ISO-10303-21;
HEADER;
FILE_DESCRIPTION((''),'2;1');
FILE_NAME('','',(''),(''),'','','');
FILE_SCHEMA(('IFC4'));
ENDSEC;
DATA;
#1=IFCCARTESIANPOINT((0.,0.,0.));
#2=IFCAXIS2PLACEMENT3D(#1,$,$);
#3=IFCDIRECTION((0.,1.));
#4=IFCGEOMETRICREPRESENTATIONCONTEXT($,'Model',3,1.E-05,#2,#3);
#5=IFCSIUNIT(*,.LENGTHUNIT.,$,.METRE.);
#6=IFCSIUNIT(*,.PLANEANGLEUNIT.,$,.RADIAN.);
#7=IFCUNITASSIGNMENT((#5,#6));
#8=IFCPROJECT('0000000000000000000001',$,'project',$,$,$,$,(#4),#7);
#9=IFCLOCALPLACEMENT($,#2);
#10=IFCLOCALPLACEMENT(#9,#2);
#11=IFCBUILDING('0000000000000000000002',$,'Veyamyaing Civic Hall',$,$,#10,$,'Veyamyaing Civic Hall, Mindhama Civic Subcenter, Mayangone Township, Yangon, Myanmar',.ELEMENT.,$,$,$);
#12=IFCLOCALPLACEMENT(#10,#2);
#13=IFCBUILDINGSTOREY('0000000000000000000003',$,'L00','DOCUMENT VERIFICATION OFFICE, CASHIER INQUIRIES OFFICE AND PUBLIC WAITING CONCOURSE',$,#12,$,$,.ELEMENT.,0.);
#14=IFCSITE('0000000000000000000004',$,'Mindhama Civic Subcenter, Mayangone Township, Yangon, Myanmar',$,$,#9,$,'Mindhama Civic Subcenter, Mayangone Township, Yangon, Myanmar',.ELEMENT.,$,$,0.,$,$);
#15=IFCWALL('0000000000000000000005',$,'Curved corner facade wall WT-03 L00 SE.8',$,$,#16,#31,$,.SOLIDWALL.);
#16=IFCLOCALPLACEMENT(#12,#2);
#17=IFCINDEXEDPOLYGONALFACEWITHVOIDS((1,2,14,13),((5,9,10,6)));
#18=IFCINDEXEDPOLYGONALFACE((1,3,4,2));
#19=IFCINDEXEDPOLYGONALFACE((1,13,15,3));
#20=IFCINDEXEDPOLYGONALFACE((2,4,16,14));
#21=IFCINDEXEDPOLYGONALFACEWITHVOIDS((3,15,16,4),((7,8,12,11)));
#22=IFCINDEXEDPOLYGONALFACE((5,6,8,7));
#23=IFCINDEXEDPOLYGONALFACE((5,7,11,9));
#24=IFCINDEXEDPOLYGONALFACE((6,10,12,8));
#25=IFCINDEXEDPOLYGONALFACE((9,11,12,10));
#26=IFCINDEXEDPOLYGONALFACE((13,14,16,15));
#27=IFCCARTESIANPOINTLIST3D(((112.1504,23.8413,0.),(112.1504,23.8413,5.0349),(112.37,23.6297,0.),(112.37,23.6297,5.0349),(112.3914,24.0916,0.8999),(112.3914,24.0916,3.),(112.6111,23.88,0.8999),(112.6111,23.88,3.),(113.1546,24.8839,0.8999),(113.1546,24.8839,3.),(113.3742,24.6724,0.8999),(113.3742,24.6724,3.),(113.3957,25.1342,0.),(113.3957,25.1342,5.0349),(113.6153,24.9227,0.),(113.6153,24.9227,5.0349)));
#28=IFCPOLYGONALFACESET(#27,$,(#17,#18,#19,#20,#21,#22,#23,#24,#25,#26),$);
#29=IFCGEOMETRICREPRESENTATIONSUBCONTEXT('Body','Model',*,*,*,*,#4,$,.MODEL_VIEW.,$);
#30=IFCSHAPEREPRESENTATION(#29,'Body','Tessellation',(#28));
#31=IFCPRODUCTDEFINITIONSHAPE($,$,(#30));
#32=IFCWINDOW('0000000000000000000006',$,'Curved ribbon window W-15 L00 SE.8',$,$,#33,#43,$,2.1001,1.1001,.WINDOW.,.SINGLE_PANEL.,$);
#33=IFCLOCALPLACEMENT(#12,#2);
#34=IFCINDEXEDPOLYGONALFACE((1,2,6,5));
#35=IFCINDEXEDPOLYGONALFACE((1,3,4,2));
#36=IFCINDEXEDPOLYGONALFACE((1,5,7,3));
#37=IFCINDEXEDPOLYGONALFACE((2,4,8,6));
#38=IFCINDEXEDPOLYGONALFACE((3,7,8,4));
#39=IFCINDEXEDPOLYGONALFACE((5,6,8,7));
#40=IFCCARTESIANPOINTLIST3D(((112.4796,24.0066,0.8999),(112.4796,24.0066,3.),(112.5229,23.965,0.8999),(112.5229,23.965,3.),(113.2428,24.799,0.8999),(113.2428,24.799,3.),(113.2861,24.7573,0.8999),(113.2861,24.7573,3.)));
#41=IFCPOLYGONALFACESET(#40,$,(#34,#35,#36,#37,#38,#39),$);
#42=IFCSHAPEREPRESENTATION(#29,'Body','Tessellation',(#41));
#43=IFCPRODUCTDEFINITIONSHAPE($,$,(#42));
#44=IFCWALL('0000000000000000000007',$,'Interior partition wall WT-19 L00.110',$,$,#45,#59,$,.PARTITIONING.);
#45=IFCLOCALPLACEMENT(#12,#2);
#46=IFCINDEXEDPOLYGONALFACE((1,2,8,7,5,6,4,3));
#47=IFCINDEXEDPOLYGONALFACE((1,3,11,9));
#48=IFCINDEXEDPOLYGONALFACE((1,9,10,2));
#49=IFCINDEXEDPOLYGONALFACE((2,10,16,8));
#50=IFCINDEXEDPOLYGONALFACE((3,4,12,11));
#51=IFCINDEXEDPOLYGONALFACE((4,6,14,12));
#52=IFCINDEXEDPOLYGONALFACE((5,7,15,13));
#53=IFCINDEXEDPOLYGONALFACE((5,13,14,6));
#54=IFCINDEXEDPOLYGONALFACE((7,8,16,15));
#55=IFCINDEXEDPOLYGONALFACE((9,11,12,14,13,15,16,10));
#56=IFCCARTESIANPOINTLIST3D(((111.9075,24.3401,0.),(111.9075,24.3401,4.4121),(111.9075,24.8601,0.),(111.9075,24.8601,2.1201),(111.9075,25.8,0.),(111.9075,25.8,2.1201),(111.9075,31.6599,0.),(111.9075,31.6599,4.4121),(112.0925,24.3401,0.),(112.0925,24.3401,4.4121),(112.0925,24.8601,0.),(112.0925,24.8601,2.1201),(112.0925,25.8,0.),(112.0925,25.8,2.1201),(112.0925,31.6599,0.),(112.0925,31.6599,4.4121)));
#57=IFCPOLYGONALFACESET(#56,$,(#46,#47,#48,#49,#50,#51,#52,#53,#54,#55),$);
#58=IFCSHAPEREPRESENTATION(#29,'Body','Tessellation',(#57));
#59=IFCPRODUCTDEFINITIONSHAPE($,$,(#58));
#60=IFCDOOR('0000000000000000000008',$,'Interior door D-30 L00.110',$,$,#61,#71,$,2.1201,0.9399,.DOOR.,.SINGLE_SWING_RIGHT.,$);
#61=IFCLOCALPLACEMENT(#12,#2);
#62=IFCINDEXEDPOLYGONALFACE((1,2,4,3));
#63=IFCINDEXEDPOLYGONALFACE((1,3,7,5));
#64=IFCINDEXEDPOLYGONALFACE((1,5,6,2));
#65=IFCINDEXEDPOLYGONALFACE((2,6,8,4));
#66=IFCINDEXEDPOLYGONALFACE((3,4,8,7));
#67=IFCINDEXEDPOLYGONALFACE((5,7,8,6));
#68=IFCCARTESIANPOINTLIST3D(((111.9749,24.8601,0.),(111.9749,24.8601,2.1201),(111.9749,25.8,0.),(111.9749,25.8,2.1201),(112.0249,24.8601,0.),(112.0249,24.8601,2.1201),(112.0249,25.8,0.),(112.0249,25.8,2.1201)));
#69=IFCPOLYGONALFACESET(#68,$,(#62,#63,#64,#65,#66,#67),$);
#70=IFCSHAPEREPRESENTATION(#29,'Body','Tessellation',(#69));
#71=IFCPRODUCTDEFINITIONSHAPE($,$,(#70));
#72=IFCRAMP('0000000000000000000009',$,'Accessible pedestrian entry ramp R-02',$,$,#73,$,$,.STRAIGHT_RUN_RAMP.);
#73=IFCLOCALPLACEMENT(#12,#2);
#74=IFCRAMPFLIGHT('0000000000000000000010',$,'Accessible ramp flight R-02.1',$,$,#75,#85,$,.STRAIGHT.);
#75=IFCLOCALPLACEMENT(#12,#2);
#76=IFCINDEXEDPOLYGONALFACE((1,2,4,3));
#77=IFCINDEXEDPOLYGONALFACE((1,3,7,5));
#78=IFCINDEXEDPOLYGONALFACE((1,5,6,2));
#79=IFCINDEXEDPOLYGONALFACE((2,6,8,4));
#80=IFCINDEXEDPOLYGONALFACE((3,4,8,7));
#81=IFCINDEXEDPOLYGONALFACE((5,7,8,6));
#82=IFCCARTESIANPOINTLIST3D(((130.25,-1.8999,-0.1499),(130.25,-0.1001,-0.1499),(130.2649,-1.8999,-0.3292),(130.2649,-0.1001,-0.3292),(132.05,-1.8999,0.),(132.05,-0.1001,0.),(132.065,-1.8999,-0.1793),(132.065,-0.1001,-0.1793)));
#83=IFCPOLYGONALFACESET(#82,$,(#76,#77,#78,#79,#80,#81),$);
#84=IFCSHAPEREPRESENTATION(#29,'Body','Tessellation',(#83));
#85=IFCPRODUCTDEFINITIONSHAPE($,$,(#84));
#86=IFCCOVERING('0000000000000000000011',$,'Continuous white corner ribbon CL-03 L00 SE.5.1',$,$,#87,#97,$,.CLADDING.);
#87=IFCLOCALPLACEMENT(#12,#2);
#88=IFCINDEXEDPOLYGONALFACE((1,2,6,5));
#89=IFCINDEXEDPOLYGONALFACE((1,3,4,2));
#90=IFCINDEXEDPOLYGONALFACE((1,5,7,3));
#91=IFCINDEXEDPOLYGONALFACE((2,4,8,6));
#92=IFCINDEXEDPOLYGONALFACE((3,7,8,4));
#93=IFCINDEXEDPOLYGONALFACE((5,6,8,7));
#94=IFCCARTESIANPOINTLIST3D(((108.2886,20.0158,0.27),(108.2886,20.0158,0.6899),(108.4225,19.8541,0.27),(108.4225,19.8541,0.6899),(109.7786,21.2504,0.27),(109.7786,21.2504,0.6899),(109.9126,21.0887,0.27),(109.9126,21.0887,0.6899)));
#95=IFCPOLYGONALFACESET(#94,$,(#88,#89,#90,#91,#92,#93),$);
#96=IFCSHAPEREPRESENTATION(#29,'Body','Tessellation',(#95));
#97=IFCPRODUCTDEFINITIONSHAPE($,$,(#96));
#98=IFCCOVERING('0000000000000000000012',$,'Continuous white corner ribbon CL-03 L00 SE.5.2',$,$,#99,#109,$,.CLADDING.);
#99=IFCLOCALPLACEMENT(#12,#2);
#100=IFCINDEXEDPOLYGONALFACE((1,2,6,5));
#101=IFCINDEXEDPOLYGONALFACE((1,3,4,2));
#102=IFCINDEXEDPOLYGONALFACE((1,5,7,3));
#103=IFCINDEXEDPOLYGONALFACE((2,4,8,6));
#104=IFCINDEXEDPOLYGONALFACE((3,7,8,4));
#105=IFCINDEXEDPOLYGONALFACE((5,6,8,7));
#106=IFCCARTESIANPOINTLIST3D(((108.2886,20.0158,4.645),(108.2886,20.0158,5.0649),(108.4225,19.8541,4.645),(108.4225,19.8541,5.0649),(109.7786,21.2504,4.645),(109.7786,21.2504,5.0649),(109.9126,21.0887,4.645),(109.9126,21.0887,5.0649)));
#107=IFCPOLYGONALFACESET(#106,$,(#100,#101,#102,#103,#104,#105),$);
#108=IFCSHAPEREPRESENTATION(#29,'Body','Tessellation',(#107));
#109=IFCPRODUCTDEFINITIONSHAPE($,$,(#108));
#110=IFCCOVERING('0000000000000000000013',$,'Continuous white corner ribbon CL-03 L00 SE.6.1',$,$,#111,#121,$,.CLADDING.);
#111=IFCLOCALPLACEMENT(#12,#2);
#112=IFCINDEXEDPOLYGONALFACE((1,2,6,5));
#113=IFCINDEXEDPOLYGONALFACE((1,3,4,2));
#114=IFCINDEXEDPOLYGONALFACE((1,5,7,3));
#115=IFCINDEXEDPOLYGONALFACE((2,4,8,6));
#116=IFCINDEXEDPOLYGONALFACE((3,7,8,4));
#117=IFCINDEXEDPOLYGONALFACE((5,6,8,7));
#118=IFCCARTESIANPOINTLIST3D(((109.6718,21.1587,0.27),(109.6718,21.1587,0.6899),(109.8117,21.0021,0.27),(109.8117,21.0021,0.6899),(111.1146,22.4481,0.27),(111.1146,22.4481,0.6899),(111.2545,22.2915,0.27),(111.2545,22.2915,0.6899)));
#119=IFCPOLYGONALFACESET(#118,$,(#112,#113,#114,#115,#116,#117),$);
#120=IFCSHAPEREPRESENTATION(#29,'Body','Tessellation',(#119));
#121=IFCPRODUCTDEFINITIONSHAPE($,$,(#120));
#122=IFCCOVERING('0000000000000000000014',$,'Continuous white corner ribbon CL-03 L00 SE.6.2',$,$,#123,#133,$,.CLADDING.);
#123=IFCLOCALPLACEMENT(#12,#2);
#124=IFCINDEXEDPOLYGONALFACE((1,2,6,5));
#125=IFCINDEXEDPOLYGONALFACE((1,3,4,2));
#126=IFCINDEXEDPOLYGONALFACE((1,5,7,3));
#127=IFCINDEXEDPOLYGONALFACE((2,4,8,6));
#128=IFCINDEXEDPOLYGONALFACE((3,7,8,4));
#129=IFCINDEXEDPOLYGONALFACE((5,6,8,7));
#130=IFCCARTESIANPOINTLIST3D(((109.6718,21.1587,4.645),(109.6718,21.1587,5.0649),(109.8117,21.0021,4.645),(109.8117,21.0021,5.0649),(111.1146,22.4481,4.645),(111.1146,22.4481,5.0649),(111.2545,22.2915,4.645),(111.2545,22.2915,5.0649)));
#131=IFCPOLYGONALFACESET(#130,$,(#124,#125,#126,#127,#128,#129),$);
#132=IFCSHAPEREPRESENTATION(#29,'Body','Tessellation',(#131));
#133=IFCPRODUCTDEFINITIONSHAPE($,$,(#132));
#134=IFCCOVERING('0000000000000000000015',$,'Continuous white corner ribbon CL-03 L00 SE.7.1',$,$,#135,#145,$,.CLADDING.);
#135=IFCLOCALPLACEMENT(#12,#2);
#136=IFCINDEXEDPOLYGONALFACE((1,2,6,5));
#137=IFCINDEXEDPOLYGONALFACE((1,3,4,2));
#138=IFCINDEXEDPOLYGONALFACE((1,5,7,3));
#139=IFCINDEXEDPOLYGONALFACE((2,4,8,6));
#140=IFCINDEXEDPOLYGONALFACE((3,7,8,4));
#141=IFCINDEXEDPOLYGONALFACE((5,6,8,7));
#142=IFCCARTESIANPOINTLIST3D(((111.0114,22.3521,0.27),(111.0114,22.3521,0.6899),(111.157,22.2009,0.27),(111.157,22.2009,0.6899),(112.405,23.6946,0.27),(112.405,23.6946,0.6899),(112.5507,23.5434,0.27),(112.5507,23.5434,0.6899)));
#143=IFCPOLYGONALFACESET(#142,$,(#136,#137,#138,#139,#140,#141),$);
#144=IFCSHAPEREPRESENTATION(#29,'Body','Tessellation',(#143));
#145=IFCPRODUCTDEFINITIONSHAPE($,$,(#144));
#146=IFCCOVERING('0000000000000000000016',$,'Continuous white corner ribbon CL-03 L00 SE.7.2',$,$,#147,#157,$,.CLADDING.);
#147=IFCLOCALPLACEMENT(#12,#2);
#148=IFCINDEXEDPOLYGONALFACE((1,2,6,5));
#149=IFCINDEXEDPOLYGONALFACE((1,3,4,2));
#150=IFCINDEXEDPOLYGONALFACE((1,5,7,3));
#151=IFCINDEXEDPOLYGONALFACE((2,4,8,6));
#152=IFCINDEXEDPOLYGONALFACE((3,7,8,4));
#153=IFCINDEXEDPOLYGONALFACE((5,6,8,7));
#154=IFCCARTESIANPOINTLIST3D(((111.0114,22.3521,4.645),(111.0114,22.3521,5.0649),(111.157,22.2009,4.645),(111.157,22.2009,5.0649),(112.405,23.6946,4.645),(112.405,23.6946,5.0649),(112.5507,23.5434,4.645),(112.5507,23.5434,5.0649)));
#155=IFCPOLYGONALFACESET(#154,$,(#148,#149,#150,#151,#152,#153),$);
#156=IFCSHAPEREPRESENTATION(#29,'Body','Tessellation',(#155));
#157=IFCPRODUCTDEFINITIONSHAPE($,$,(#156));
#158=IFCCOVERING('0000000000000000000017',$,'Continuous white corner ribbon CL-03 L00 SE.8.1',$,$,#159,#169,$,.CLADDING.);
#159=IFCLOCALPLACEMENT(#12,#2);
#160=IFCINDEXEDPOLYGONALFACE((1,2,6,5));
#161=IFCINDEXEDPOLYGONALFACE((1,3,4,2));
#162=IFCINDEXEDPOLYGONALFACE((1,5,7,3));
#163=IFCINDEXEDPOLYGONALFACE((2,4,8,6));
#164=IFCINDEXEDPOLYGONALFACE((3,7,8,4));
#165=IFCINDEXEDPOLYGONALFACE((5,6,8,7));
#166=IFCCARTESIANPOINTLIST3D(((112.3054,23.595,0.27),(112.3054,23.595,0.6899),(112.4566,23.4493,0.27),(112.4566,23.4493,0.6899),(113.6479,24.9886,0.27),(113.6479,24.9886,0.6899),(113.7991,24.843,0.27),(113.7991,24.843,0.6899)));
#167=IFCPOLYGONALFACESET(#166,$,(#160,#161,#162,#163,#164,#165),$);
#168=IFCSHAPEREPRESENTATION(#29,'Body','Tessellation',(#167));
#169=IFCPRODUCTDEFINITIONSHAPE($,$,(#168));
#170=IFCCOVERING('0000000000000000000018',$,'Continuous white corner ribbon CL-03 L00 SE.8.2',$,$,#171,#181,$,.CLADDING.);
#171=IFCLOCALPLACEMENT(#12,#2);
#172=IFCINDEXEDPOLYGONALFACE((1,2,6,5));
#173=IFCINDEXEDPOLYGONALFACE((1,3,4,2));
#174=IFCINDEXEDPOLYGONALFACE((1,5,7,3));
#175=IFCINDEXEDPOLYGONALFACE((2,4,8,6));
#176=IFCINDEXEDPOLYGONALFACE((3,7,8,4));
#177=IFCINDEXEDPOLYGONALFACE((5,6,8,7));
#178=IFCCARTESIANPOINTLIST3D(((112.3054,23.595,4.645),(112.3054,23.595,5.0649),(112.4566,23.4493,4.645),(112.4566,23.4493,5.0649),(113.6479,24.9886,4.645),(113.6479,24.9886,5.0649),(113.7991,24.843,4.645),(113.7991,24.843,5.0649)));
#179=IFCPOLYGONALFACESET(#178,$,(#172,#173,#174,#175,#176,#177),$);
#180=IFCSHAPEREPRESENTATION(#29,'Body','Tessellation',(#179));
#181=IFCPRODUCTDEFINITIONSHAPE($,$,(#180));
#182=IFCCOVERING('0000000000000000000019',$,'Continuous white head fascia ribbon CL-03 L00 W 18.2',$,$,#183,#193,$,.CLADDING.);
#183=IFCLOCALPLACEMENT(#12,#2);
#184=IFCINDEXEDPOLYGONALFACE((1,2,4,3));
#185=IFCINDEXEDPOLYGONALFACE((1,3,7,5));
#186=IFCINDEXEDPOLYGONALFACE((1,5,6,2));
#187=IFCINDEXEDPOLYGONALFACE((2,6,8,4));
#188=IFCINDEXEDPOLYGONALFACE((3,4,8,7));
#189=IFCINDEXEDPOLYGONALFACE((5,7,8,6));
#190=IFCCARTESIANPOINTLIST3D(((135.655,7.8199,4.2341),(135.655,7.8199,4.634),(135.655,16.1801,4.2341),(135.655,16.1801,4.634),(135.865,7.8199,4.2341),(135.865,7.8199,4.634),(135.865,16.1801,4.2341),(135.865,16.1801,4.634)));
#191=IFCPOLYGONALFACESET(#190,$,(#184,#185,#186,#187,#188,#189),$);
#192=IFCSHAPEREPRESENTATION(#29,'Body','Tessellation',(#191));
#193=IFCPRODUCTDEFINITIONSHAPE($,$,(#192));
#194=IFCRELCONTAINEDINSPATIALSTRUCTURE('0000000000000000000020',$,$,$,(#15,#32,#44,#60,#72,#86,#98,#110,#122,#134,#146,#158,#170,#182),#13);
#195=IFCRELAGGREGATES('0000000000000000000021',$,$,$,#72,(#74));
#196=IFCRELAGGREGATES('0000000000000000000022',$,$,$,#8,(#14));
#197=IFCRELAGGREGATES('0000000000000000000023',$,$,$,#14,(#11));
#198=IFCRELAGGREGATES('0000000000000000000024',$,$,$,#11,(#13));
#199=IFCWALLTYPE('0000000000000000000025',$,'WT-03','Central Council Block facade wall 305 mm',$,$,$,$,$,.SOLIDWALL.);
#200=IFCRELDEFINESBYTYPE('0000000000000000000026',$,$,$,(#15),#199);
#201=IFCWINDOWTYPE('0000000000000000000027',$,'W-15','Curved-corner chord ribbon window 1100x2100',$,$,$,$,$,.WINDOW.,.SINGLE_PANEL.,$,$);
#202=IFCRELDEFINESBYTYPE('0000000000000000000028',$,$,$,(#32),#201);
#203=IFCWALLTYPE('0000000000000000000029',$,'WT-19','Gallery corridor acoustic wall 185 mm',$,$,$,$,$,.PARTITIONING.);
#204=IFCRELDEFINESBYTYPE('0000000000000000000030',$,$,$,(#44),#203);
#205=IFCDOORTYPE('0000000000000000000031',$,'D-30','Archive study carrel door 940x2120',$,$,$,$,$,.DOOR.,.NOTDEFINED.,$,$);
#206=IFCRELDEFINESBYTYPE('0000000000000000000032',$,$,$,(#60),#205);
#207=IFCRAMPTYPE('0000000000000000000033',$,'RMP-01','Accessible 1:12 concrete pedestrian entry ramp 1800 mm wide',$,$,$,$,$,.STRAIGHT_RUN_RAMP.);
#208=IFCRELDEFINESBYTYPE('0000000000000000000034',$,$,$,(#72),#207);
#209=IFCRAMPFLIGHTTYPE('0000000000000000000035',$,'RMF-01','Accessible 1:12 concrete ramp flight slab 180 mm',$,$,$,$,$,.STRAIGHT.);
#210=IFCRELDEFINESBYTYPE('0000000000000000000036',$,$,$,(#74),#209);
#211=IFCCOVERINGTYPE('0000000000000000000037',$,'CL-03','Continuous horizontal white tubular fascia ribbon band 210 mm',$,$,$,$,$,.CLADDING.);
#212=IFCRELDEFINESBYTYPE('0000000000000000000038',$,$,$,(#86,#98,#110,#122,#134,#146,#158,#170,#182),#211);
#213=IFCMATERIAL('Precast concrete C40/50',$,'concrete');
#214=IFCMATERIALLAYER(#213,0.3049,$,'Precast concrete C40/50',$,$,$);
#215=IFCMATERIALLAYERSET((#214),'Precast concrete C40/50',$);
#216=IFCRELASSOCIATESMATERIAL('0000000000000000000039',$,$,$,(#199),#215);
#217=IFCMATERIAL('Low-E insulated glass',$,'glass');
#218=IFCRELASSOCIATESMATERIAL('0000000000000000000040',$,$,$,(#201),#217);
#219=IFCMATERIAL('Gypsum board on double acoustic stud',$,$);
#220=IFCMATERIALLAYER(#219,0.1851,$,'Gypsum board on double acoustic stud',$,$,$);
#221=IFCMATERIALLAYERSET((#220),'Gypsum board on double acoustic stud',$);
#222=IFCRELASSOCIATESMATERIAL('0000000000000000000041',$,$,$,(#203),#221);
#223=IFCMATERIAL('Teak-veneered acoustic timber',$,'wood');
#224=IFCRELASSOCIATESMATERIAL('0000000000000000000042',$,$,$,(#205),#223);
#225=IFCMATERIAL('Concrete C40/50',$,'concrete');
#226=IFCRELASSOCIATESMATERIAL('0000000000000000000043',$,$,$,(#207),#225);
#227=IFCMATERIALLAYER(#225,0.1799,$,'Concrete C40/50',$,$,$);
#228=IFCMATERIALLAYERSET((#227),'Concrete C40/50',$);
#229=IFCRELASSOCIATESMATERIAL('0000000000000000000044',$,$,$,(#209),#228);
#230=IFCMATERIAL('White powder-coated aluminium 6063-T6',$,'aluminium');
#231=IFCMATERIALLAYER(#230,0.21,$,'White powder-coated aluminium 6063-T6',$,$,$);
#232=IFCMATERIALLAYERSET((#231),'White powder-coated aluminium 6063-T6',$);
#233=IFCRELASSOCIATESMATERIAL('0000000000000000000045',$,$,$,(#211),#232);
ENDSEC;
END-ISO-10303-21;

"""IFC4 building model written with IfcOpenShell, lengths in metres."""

from ifc_helpers import new_model, si_unit, direction, frame, frame_2d, origin, origin_2d, place, context, subcontext, project, spatial, polyline, rectangle, outline, extrude, material, layer, layer_set, type_object, element, fill, aggregate, save


model = new_model("IFC4")

# Units and contexts
model_context = context("Model", 3, precision=1e-05, world=origin(), true_north=direction((0.0, 1.0)))
body_context = subcontext(model_context, "Body", "Model", "MODEL_VIEW")
ifc_project = project(units=[si_unit("LENGTHUNIT", "METRE"), si_unit("PLANEANGLEUNIT", "RADIAN")], contexts=[model_context])

# Site, building, storey
site_placement = place(None, origin())
site = spatial("IfcSite", under=ifc_project, at=site_placement, Name="Mindhama Civic Subcenter, Mayangone Township, Yangon, Myanmar", LongName="Mindhama Civic Subcenter, Mayangone Township, Yangon, Myanmar", CompositionType="ELEMENT", RefElevation=0.0)
building_placement = place(site_placement, origin())
building = spatial("IfcBuilding", under=site, at=building_placement, Name="Veyamyaing Civic Hall", LongName="Veyamyaing Civic Hall, Mindhama Civic Subcenter, Mayangone Township, Yangon, Myanmar", CompositionType="ELEMENT")
storey_placement = place(building_placement, origin())
storey = spatial("IfcBuildingStorey", under=building, at=storey_placement, Name="L00", Description="DOCUMENT VERIFICATION OFFICE, CASHIER INQUIRIES OFFICE AND PUBLIC WAITING CONCOURSE", CompositionType="ELEMENT", Elevation=0.0)

# Shared definitions
ifc_material_1 = material(Name="Precast concrete C40/50", Category="concrete")
ifc_layer_1 = layer(ifc_material_1, 0.3049, Name="Precast concrete C40/50")
ifc_layer_set_1 = layer_set([ifc_layer_1], Name="Precast concrete C40/50")
wall_type_1 = type_object("IfcWallType", Name="WT-03", Description="Central Council Block facade wall 305 mm", PredefinedType="SOLIDWALL", material=ifc_layer_set_1)

# Wall, opening, window
ifc_material_2 = material(Name="Low-E insulated glass", Category="glass")
window_type = type_object("IfcWindowType", Name="W-15", Description="Curved-corner chord ribbon window 1100x2100", PartitioningType="SINGLE_PANEL", PredefinedType="WINDOW", material=ifc_material_2)
wall_1_placement = place(storey_placement, frame((112.2603, 23.7356, 0.0), z_axis=(0.0, 0.0, 1.0), x_axis=(0.693723, 0.720242, 0.0)))
wall_1 = element("IfcWall", 1, at=wall_1_placement, inside=storey, type_object=wall_type_1, Name="Curved corner facade wall WT-03 L00 SE.8", PredefinedType="SOLIDWALL", context=body_context, shape_type="SweptSolid", body=[
    extrude(rectangle(XDim=1.7952, YDim=0.3049, at=frame_2d((0.8975, 0.0))), origin(), (0.0, 0.0, 1.0), 5.0349),
])
opening_1_placement = place(wall_1_placement, frame((0.3474, 0.0, 0.8999)))
opening_1 = element("IfcOpeningElement", 2, at=opening_1_placement, cuts=wall_1, PredefinedType="OPENING", context=body_context, shape_type="SweptSolid", body=[
    extrude(rectangle(XDim=1.1001, YDim=2.1001, at=frame_2d((0.55, 1.05))), frame((0.0, 0.1624, 0.0), z_axis=(0.0, -1.0, 0.0), x_axis=(1.0, 0.0, 0.0)), (0.0, 0.0, 1.0), 0.325),
])
window_1_placement = place(opening_1_placement, origin())
window_1 = element("IfcWindow", 3, at=window_1_placement, inside=storey, type_object=window_type, Name="Curved ribbon window W-15 L00 SE.8", OverallHeight=2.1001, OverallWidth=1.1001, PartitioningType="SINGLE_PANEL", PredefinedType="WINDOW", context=body_context, shape_type="SweptSolid", body=[
    extrude(rectangle(XDim=1.1001, YDim=2.1001, at=frame_2d((0.55, 1.05))), frame((0.0, 0.03, 0.0), z_axis=(0.0, -1.0, 0.0), x_axis=(1.0, 0.0, 0.0)), (0.0, 0.0, 1.0), 0.0601),
])
fill(opening_1, window_1)

# Wall, opening, door
ifc_material_3 = material(Name="Gypsum board on double acoustic stud")
ifc_layer_2 = layer(ifc_material_3, 0.1851, Name="Gypsum board on double acoustic stud")
ifc_layer_set_2 = layer_set([ifc_layer_2], Name="Gypsum board on double acoustic stud")
wall_type_2 = type_object("IfcWallType", Name="WT-19", Description="Gallery corridor acoustic wall 185 mm", PredefinedType="PARTITIONING", material=ifc_layer_set_2)
wall_2_placement = place(storey_placement, frame((112.0, 24.3401, 0.0), z_axis=(0.0, 0.0, 1.0), x_axis=(0.0, 1.0, 0.0)))
wall_2 = element("IfcWall", 4, at=wall_2_placement, inside=storey, type_object=wall_type_2, Name="Interior partition wall WT-19 L00.110", PredefinedType="PARTITIONING", context=body_context, shape_type="SweptSolid", body=[
    extrude(rectangle(XDim=7.3198, YDim=0.1851, at=frame_2d((3.6599, 0.0))), origin(), (0.0, 0.0, 1.0), 4.4121),
])
opening_2_placement = place(wall_2_placement, frame((0.52, 0.0, 0.0)))
opening_2 = element("IfcOpeningElement", 5, at=opening_2_placement, cuts=wall_2, PredefinedType="OPENING", context=body_context, shape_type="SweptSolid", body=[
    extrude(rectangle(XDim=0.9399, YDim=2.1201, at=frame_2d((0.47, 1.0601))), frame((0.0, 0.1025, 0.0), z_axis=(0.0, -1.0, 0.0), x_axis=(1.0, 0.0, 0.0)), (0.0, 0.0, 1.0), 0.2051),
])
ifc_material_4 = material(Name="Teak-veneered acoustic timber", Category="wood")
door_type = type_object("IfcDoorType", Name="D-30", Description="Archive study carrel door 940x2120", OperationType="NOTDEFINED", PredefinedType="DOOR", material=ifc_material_4)
door_placement = place(opening_2_placement, frame((0.9399, 0.0, 0.0), z_axis=(0.0, 0.0, 1.0), x_axis=(-1.0, 0.0, 0.0)))
door = element("IfcDoor", 6, at=door_placement, inside=storey, type_object=door_type, Name="Interior door D-30 L00.110", OperationType="SINGLE_SWING_RIGHT", OverallHeight=2.1201, OverallWidth=0.9399, PredefinedType="DOOR", context=body_context, shape_type="SweptSolid", body=[
    extrude(rectangle(XDim=0.9399, YDim=2.1201, at=frame_2d((0.47, 1.0601))), frame((0.0, 0.0249, 0.0), z_axis=(0.0, -1.0, 0.0), x_axis=(1.0, 0.0, 0.0)), (0.0, 0.0, 1.0), 0.05),
])
fill(opening_2, door)

# Ramp, ramp flight
ifc_material_5 = material(Name="Concrete C40/50", Category="concrete")
ramp_type = type_object("IfcRampType", Name="RMP-01", Description="Accessible 1:12 concrete pedestrian entry ramp 1800 mm wide", PredefinedType="STRAIGHT_RUN_RAMP", material=ifc_material_5)
ramp_placement = place(storey_placement, origin())
ramp = element("IfcRamp", 7, at=ramp_placement, inside=storey, type_object=ramp_type, Name="Accessible pedestrian entry ramp R-02", PredefinedType="STRAIGHT_RUN_RAMP")
ifc_layer_3 = layer(ifc_material_5, 0.1799, Name="Concrete C40/50")
ifc_layer_set_3 = layer_set([ifc_layer_3], Name="Concrete C40/50")
ramp_flight_type = type_object("IfcRampFlightType", Name="RMF-01", Description="Accessible 1:12 concrete ramp flight slab 180 mm", PredefinedType="STRAIGHT", material=ifc_layer_set_3)
ramp_flight_placement = place(storey_placement, frame((130.25, -0.1001, -0.1499), z_axis=(-0.08299, 0.0, 0.99655), x_axis=(0.99655, 0.0, 0.08299)))
ramp_flight = element("IfcRampFlight", 8, at=ramp_flight_placement, type_object=ramp_flight_type, Name="Accessible ramp flight R-02.1", PredefinedType="STRAIGHT", context=body_context, shape_type="SweptSolid", body=[
    extrude(outline(polyline([(0.0, 0.0), (1.8063, 0.0), (1.8063, -1.7998), (0.0, -1.7998), (0.0, 0.0)])), origin(), (0.0, 0.0, -1.0), 0.1799),
])
aggregate(ramp, [ramp_flight])

# Coverings
ifc_material_6 = material(Name="White powder-coated aluminium 6063-T6", Category="aluminium")
ifc_layer_4 = layer(ifc_material_6, 0.21, Name="White powder-coated aluminium 6063-T6")
ifc_layer_set_4 = layer_set([ifc_layer_4], Name="White powder-coated aluminium 6063-T6")
covering_type = type_object("IfcCoveringType", Name="CL-03", Description="Continuous horizontal white tubular fascia ribbon band 210 mm", PredefinedType="CLADDING", material=ifc_layer_set_4)
for number, where, z_axis, x_axis, name in (
    (9, (109.1006, 20.5522, 0.27), (0.0, 0.0, 1.0), (0.770036, 0.638, 0.0), "Continuous white corner ribbon CL-03 L00 SE.5.1"),
    (10, (109.1006, 20.5522, 4.645), (0.0, 0.0, 1.0), (0.770036, 0.638, 0.0), "Continuous white corner ribbon CL-03 L00 SE.5.2"),
    (11, (110.4631, 21.7251, 0.27), (0.0, 0.0, 1.0), (0.745642, 0.666347, 0.0), "Continuous white corner ribbon CL-03 L00 SE.6.1"),
    (12, (110.4631, 21.7251, 4.645), (0.0, 0.0, 1.0), (0.745642, 0.666347, 0.0), "Continuous white corner ribbon CL-03 L00 SE.6.2"),
    (13, (111.781, 22.9478, 0.27), (0.0, 0.0, 1.0), (0.720205, 0.693761, 0.0), "Continuous white corner ribbon CL-03 L00 SE.7.1"),
    (14, (111.781, 22.9478, 4.645), (0.0, 0.0, 1.0), (0.720205, 0.693761, 0.0), "Continuous white corner ribbon CL-03 L00 SE.7.2"),
    (15, (113.0522, 24.219, 0.27), (0.0, 0.0, 1.0), (0.693761, 0.720205, 0.0), "Continuous white corner ribbon CL-03 L00 SE.8.1"),
    (16, (113.0522, 24.219, 4.645), (0.0, 0.0, 1.0), (0.693761, 0.720205, 0.0), "Continuous white corner ribbon CL-03 L00 SE.8.2"),
):
    element("IfcCovering", number, at=place(storey_placement, frame(where, z_axis=z_axis, x_axis=x_axis)), inside=storey, type_object=covering_type, Name=name, PredefinedType="CLADDING", context=body_context, shape_type="SweptSolid", body=[
        extrude(rectangle(XDim=1.9351, YDim=0.21, at=origin_2d()), origin(), (0.0, 0.0, 1.0), 0.4199),
    ])
covering_placement = place(storey_placement, frame((135.76, 12.0, 4.2341), z_axis=(0.0, 0.0, 1.0), x_axis=(0.0, 1.0, 0.0)))
element("IfcCovering", 17, at=covering_placement, inside=storey, type_object=covering_type, Name="Continuous white head fascia ribbon CL-03 L00 W 18.2", PredefinedType="CLADDING", context=body_context, shape_type="SweptSolid", body=[
    extrude(rectangle(XDim=8.3601, YDim=0.21, at=origin_2d()), origin(), (0.0, 0.0, 1.0), 0.3999),
])

save(model, "model.ifc")
